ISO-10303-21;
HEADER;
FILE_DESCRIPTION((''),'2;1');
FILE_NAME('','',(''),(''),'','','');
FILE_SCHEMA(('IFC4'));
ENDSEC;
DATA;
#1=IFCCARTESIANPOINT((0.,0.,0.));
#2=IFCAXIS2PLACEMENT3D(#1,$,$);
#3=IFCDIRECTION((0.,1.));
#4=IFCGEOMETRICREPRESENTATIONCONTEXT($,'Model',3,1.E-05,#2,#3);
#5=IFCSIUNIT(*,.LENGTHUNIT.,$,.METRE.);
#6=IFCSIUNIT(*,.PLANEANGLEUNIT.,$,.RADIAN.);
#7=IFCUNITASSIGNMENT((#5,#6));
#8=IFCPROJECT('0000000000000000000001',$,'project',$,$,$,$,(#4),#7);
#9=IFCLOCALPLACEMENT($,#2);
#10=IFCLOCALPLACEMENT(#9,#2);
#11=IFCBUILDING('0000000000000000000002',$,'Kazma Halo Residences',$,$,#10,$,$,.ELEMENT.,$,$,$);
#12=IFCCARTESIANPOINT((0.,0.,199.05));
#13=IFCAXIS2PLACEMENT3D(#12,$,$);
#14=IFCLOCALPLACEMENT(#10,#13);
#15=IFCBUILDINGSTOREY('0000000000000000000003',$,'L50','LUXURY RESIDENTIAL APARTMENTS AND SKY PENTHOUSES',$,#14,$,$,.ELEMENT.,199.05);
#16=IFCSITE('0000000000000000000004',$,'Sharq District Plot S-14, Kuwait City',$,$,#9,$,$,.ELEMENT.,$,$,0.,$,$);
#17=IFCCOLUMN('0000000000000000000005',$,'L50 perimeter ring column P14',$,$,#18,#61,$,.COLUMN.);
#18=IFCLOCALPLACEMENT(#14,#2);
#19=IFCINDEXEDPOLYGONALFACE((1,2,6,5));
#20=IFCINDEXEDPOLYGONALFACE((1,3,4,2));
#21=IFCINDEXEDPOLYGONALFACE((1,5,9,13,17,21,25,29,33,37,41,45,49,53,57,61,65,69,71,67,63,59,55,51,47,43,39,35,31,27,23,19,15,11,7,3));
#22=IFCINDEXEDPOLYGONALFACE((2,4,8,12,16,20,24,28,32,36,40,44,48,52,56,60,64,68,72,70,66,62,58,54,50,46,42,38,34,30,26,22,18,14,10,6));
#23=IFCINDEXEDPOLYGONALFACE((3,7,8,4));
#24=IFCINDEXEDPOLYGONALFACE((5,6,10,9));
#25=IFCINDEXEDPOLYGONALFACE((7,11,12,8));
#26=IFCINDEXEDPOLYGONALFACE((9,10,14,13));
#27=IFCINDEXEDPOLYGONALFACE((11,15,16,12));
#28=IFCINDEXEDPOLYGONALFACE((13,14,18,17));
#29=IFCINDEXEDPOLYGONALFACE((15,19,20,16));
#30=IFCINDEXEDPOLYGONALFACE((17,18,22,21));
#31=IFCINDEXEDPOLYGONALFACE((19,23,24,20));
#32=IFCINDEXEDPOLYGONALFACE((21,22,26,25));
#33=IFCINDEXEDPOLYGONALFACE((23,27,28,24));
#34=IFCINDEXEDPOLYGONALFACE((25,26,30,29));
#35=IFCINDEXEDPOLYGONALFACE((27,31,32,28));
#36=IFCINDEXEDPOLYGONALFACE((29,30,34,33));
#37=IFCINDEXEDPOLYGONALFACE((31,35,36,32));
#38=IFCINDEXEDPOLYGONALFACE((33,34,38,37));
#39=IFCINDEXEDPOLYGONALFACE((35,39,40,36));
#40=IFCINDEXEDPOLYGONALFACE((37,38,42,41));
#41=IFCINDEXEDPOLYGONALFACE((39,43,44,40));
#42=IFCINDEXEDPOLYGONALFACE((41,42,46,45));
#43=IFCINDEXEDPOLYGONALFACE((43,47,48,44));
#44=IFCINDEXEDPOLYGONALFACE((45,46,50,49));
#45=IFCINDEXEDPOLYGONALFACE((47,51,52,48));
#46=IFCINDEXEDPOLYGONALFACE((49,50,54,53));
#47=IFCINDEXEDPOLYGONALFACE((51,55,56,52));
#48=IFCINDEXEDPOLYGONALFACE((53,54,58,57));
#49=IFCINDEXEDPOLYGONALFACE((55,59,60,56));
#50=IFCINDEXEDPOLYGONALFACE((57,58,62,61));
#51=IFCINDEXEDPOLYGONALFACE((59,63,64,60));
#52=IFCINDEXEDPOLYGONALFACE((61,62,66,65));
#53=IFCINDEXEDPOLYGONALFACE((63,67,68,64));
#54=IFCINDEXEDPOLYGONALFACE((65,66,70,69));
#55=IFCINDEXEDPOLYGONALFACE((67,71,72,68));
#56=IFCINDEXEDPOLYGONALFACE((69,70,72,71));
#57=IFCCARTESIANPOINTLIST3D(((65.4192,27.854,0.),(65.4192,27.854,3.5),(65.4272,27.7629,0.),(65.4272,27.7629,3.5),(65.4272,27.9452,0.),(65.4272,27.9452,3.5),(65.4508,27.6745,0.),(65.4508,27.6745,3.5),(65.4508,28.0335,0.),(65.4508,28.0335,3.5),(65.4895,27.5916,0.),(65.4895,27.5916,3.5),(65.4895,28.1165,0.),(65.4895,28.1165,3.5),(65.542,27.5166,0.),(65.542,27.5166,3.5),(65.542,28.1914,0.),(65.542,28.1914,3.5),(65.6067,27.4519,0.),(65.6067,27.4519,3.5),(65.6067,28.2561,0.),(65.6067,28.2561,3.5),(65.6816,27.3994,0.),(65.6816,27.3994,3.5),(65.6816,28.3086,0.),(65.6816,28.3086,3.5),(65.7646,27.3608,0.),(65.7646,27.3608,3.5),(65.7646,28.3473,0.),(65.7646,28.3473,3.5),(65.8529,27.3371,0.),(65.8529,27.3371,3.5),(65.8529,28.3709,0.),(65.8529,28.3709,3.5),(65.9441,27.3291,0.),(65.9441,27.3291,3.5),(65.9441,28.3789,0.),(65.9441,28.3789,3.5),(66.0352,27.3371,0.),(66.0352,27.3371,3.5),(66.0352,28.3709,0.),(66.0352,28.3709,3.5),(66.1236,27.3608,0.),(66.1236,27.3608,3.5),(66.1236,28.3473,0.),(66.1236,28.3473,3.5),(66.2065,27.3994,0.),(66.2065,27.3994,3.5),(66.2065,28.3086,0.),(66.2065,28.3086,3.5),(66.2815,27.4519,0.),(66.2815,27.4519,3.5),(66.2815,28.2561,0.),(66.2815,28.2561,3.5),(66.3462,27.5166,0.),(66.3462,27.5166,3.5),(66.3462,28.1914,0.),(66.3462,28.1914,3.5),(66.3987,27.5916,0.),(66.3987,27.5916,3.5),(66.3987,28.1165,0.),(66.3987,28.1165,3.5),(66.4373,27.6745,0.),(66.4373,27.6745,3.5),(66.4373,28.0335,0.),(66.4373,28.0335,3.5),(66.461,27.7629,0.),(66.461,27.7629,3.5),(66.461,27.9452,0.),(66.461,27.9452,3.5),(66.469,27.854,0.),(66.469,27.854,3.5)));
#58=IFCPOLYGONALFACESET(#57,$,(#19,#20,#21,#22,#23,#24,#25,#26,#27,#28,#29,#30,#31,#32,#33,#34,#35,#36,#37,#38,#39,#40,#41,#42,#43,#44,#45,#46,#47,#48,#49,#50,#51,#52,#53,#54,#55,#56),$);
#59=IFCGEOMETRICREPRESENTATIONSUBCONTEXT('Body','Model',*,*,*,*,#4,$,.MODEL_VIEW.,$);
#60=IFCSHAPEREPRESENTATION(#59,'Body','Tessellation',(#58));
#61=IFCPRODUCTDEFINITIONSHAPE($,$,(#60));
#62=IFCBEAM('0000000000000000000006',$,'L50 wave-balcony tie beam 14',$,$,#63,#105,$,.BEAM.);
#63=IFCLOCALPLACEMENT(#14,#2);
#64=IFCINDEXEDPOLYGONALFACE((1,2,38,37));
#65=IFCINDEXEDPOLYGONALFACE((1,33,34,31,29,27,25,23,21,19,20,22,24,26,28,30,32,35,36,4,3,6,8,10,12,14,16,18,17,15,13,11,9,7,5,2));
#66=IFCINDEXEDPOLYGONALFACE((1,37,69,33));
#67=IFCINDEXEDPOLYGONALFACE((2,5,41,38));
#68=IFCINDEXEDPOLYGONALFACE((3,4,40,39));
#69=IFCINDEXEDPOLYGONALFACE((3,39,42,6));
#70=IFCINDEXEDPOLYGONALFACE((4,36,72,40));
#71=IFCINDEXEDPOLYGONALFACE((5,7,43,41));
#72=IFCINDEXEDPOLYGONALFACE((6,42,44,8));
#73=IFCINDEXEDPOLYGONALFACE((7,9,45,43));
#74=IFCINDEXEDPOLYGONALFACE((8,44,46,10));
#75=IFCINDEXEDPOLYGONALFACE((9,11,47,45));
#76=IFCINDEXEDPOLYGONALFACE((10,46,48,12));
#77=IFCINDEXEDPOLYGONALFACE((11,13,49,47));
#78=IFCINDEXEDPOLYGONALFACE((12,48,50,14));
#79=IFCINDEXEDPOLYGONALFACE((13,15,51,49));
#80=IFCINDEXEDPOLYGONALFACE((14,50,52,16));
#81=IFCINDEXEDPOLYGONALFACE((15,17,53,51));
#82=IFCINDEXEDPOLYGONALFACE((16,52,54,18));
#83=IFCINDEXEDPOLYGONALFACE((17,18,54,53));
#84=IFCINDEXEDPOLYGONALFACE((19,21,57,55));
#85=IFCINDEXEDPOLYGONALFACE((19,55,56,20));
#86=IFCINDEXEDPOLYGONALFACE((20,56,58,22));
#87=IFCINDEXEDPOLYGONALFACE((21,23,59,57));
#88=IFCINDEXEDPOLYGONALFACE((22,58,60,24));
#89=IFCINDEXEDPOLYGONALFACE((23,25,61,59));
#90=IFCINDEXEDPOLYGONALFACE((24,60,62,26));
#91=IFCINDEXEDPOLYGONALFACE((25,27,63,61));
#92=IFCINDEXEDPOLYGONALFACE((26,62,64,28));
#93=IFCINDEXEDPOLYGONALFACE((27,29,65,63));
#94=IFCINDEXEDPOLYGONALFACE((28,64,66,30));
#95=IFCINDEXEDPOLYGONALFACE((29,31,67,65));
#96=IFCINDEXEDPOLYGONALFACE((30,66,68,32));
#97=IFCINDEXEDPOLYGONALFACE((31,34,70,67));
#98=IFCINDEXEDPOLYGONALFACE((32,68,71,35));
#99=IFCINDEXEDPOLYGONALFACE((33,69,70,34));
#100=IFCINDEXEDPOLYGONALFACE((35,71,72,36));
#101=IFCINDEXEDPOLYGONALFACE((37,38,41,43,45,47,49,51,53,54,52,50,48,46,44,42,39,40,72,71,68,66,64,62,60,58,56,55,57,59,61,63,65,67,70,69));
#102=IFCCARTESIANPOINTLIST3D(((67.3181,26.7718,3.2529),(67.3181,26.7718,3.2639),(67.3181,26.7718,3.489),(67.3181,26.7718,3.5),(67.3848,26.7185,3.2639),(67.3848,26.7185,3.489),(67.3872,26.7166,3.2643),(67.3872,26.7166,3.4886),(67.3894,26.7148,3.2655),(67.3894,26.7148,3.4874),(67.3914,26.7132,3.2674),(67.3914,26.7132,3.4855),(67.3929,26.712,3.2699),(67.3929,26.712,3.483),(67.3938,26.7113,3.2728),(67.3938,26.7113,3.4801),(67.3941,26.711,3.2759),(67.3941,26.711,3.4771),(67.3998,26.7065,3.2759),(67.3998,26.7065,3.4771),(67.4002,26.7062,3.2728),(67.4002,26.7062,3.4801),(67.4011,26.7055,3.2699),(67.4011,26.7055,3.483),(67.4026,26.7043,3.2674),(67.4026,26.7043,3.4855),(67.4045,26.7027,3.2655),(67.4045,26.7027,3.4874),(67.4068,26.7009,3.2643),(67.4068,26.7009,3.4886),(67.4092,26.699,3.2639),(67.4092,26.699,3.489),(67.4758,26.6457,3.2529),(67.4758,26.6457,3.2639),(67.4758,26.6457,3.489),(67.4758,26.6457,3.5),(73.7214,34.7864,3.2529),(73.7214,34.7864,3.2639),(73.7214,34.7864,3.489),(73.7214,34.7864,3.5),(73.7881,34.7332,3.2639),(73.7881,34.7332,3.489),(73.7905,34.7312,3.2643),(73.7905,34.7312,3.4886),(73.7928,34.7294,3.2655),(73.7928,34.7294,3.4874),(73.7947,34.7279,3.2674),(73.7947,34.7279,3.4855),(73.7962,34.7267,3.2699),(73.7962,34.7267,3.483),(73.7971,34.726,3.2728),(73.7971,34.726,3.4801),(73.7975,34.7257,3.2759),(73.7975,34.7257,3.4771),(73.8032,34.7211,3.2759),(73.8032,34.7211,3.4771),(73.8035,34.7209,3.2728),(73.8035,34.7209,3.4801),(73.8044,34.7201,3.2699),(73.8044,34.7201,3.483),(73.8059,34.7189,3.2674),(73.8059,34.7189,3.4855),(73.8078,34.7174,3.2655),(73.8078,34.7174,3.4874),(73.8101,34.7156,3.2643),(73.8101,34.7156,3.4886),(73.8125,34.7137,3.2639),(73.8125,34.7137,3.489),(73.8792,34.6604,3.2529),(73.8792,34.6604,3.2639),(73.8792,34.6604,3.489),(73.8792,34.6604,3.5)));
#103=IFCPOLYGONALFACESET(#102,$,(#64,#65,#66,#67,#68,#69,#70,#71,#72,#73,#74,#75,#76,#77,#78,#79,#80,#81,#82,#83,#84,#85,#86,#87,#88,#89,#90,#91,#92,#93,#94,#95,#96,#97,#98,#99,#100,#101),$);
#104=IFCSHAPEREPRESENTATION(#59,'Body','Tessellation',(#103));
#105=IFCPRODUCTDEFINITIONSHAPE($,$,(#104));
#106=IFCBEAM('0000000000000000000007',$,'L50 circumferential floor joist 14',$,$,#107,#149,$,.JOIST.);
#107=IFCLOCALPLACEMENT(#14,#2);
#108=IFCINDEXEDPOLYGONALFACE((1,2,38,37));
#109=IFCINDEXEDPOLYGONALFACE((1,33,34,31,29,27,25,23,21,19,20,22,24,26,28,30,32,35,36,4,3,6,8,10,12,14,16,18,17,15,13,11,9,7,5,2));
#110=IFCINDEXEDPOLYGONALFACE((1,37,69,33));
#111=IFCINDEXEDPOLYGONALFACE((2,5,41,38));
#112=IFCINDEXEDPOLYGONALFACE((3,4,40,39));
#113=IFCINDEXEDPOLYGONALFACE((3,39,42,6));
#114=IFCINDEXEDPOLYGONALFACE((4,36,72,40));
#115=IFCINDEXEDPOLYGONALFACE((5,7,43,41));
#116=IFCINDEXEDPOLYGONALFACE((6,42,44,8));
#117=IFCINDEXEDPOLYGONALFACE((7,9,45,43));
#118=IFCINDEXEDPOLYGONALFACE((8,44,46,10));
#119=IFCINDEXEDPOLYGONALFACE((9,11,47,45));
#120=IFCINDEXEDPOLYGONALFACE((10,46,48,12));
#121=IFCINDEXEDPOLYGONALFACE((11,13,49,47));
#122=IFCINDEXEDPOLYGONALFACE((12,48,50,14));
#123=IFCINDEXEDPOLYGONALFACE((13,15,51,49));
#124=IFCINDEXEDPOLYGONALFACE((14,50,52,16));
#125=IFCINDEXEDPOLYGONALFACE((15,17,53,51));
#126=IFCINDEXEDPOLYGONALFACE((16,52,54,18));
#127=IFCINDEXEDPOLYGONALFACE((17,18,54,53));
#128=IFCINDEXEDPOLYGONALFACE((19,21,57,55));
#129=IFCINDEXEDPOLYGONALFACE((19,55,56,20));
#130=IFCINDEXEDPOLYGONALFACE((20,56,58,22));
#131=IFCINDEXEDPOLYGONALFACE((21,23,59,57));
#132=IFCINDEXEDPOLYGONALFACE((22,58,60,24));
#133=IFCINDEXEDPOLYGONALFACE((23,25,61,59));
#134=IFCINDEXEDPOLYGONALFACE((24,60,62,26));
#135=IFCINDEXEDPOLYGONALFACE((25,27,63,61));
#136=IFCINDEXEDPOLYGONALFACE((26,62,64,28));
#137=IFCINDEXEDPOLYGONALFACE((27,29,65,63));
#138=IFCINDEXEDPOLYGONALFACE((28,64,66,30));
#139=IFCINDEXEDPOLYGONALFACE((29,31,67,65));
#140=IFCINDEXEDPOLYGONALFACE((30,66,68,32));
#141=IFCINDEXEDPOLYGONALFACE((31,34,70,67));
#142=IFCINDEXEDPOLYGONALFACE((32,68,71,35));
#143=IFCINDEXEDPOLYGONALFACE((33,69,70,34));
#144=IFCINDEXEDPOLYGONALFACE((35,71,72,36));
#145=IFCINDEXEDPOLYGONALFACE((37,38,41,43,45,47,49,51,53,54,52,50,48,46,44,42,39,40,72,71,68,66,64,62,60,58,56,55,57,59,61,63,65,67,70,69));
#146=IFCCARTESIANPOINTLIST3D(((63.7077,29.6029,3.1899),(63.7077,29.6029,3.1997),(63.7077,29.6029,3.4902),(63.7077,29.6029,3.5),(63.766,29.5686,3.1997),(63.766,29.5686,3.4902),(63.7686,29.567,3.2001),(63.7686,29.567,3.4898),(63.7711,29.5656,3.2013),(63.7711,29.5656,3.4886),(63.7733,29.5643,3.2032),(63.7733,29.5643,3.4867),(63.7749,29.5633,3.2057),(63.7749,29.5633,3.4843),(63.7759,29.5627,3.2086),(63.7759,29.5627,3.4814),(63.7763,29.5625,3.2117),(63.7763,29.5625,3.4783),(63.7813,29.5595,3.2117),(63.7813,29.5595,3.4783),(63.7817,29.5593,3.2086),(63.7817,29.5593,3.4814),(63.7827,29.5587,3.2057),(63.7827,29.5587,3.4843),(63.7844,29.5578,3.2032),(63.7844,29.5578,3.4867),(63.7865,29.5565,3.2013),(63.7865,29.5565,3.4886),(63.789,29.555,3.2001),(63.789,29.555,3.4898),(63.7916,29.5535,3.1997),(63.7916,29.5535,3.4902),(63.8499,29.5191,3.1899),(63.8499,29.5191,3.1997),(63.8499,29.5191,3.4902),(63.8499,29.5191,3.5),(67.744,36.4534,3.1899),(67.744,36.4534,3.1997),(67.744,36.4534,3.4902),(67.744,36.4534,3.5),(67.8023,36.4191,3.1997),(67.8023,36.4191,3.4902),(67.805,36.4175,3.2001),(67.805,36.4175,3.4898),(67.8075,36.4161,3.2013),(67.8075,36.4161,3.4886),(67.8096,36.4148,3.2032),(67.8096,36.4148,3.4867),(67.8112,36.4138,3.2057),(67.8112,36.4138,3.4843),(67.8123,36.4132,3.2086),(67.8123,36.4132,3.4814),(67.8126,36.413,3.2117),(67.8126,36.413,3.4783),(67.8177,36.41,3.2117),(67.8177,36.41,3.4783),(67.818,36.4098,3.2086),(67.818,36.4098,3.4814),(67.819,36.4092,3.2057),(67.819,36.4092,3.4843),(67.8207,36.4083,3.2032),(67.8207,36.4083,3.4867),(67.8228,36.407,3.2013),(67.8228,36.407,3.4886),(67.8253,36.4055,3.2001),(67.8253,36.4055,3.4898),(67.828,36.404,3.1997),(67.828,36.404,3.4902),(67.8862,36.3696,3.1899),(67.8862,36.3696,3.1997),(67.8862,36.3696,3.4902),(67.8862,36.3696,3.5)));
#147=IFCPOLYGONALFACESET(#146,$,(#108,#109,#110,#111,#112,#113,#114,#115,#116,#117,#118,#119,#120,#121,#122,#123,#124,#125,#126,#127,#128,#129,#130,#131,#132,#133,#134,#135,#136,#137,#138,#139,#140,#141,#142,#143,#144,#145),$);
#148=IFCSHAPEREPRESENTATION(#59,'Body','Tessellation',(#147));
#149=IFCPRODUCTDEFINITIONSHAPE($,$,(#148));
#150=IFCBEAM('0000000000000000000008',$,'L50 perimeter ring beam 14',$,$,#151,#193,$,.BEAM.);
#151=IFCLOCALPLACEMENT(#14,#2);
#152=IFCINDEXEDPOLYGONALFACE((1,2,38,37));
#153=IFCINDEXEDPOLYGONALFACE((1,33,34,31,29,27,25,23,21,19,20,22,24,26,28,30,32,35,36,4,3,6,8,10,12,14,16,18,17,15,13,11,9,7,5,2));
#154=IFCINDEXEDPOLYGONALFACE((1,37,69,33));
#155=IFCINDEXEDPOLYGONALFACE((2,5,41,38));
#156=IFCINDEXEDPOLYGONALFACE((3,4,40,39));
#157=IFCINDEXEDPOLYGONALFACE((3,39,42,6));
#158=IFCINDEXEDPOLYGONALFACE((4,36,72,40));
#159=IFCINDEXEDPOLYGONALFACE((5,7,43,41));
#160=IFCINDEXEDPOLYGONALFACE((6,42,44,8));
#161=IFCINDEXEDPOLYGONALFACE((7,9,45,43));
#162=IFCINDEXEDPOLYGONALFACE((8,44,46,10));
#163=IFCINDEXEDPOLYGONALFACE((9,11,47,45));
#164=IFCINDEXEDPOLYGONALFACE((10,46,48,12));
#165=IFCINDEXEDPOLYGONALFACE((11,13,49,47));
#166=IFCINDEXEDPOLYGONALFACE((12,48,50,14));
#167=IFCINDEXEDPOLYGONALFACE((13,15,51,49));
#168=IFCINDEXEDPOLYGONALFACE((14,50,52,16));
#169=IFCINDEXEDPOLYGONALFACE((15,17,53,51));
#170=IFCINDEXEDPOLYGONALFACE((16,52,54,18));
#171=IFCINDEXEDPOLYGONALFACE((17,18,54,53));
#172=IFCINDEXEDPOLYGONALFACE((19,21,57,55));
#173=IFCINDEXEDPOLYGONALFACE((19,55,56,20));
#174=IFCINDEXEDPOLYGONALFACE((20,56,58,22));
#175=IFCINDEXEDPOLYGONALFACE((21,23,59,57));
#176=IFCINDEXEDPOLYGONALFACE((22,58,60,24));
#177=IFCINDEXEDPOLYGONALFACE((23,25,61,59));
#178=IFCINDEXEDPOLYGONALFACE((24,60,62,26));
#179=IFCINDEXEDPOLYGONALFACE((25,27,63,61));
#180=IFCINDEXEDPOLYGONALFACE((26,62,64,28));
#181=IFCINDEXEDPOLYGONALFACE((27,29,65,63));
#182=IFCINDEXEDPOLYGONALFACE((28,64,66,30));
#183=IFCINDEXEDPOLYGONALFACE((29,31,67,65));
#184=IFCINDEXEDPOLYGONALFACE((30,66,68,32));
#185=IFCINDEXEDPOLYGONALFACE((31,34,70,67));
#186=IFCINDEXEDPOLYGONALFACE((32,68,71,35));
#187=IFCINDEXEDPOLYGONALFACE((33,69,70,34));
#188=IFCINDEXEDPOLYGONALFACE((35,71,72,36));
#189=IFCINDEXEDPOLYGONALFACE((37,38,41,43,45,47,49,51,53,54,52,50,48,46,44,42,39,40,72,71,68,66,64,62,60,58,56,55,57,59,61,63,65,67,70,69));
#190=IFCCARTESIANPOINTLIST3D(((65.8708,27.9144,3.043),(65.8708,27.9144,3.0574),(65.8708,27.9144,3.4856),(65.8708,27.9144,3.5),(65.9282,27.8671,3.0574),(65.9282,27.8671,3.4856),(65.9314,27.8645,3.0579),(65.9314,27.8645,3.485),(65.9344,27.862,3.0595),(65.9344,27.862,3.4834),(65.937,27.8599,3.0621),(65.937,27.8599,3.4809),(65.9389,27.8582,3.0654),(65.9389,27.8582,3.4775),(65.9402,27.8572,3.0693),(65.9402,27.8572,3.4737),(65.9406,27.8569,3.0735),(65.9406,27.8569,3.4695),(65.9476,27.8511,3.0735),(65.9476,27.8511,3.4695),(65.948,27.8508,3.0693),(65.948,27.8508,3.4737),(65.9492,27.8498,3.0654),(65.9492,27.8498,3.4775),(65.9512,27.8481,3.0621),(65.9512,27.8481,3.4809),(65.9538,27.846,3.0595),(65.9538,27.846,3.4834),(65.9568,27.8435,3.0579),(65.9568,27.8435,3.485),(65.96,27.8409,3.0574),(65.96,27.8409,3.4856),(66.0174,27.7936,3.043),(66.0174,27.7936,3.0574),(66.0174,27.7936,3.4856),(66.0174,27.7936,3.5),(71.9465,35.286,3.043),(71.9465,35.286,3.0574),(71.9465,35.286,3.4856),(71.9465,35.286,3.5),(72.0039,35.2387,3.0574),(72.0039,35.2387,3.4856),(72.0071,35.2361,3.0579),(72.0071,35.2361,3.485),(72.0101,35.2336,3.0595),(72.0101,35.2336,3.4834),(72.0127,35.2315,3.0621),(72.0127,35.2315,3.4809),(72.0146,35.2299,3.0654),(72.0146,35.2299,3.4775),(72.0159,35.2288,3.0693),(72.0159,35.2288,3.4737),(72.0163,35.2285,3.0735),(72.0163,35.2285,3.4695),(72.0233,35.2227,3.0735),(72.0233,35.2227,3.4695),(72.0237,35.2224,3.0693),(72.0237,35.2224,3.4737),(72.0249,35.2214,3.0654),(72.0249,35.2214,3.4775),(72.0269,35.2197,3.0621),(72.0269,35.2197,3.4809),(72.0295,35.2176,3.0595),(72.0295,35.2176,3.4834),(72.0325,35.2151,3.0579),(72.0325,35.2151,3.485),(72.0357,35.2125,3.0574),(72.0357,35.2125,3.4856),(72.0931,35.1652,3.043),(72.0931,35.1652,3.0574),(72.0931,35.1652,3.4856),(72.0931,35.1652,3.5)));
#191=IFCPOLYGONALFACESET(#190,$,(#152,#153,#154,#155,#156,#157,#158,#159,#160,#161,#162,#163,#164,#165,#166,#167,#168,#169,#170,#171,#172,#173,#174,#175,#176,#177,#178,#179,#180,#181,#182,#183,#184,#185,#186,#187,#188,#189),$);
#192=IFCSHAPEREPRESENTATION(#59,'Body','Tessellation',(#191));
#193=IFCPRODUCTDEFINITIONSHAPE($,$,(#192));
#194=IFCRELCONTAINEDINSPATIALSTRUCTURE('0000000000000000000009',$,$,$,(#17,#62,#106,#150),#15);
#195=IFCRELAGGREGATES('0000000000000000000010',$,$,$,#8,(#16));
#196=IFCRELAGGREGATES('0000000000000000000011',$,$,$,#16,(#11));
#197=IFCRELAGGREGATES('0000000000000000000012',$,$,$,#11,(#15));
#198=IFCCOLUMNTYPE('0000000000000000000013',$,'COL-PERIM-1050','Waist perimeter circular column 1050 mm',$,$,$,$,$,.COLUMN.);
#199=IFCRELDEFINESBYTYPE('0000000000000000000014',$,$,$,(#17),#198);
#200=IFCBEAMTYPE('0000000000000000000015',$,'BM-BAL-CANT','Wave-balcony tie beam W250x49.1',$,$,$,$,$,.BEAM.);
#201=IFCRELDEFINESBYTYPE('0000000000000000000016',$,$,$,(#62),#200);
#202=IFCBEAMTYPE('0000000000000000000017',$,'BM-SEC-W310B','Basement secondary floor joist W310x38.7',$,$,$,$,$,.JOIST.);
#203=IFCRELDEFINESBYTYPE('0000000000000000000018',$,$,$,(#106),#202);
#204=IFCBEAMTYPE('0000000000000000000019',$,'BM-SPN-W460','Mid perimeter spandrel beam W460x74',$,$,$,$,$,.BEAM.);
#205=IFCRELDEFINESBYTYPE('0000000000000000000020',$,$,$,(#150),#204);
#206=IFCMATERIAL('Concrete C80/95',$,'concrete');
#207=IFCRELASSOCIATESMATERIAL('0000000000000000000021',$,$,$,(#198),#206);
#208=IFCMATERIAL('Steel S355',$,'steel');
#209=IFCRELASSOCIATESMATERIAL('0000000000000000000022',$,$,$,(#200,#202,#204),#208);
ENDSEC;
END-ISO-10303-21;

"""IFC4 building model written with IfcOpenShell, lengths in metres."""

from ifc_helpers import new_model, si_unit, direction, frame, origin, origin_2d, place, context, subcontext, project, spatial, circle, i_section, extrude, material, material_profile, profile_set, type_object, element, save


model = new_model("IFC4")

# Units and contexts
model_context = context("Model", 3, precision=1e-05, world=origin(), true_north=direction((0.0, 1.0)))
body_context = subcontext(model_context, "Body", "Model", "MODEL_VIEW")
ifc_project = project(units=[si_unit("LENGTHUNIT", "METRE"), si_unit("PLANEANGLEUNIT", "RADIAN")], contexts=[model_context])

# Site, building, storey
site_placement = place(None, origin())
site = spatial("IfcSite", under=ifc_project, at=site_placement, Name="Sharq District Plot S-14, Kuwait City", CompositionType="ELEMENT", RefElevation=0.0)
building_placement = place(site_placement, origin())
building = spatial("IfcBuilding", under=site, at=building_placement, Name="Kazma Halo Residences", CompositionType="ELEMENT")
storey_placement = place(building_placement, frame((0.0, 0.0, 199.05)))
storey = spatial("IfcBuildingStorey", under=building, at=storey_placement, Name="L50", Description="LUXURY RESIDENTIAL APARTMENTS AND SKY PENTHOUSES", CompositionType="ELEMENT", Elevation=199.05)

# Column
ifc_material_1 = material(Name="Concrete C80/95", Category="concrete")
ifc_material_profile_1 = material_profile(ifc_material_1, circle(Radius=0.5249, at=origin_2d()), Name="CIRC1050")
ifc_profile_set_1 = profile_set([ifc_material_profile_1], Name="Concrete C80/95")
column_type = type_object("IfcColumnType", Name="COL-PERIM-1050", Description="Waist perimeter circular column 1050 mm", PredefinedType="COLUMN", material=ifc_profile_set_1)
column_placement = place(storey_placement, frame((65.9441, 27.854, 0.0), z_axis=(0.0, 0.0, 1.0), x_axis=(1.0, 0.0, 0.0)))
element("IfcColumn", 1, at=column_placement, inside=storey, type_object=column_type, Name="L50 perimeter ring column P14", PredefinedType="COLUMN", context=body_context, shape_type="SweptSolid", body=[
    extrude(circle(Radius=0.5249, at=origin_2d()), origin(), (0.0, 0.0, 1.0), 3.5),
])

# Beams
ifc_material_2 = material(Name="Steel S355", Category="steel")
ifc_material_profile_2 = material_profile(ifc_material_2, i_section(OverallWidth=0.2019, OverallDepth=0.2471, WebThickness=0.0073, FlangeThickness=0.011, FilletRadius=0.012, at=origin_2d()), Name="W250x49.1")
ifc_profile_set_2 = profile_set([ifc_material_profile_2], Name="Steel S355")
beam_type_1 = type_object("IfcBeamType", Name="BM-BAL-CANT", Description="Wave-balcony tie beam W250x49.1", PredefinedType="BEAM", material=ifc_profile_set_2)
beam_1_placement = place(storey_placement, frame((67.397, 26.7087, 3.3765), z_axis=(0.624196, 0.781268, 0.0), x_axis=(-0.781268, 0.624196, 0.0)))
element("IfcBeam", 2, at=beam_1_placement, inside=storey, type_object=beam_type_1, Name="L50 wave-balcony tie beam 14", PredefinedType="BEAM", context=body_context, shape_type="SweptSolid", body=[
    extrude(i_section(OverallWidth=0.2019, OverallDepth=0.2471, WebThickness=0.0073, FlangeThickness=0.011, FilletRadius=0.012, at=origin_2d()), origin(), (0.0, 0.0, 1.0), 10.2585),
])
ifc_material_profile_3 = material_profile(ifc_material_2, i_section(OverallWidth=0.165, OverallDepth=0.3101, WebThickness=0.0059, FlangeThickness=0.0098, FilletRadius=0.012, at=origin_2d()), Name="W310x38.7")
ifc_profile_set_3 = profile_set([ifc_material_profile_3], Name="Steel S355")
beam_type_2 = type_object("IfcBeamType", Name="BM-SEC-W310B", Description="Basement secondary floor joist W310x38.7", PredefinedType="JOIST", material=ifc_profile_set_3)
beam_2_placement = place(storey_placement, frame((63.7788, 29.561, 3.345), z_axis=(0.507639, 0.86157, 0.0), x_axis=(-0.86157, 0.507639, 0.0)))
element("IfcBeam", 3, at=beam_2_placement, inside=storey, type_object=beam_type_2, Name="L50 circumferential floor joist 14", PredefinedType="JOIST", context=body_context, shape_type="SweptSolid", body=[
    extrude(i_section(OverallWidth=0.165, OverallDepth=0.3101, WebThickness=0.0059, FlangeThickness=0.0098, FilletRadius=0.012, at=origin_2d()), origin(), (0.0, 0.0, 1.0), 7.9512),
])
ifc_material_profile_4 = material_profile(ifc_material_2, i_section(OverallWidth=0.1899, OverallDepth=0.457, WebThickness=0.009, FlangeThickness=0.0144, FilletRadius=0.0161, at=origin_2d()), Name="W460x74")
ifc_profile_set_4 = profile_set([ifc_material_profile_4], Name="Steel S355")
beam_type_3 = type_object("IfcBeamType", Name="BM-SPN-W460", Description="Mid perimeter spandrel beam W460x74", PredefinedType="BEAM", material=ifc_profile_set_4)
beam_3_placement = place(storey_placement, frame((65.9441, 27.854, 3.2715), z_axis=(0.636017, 0.771675, 0.0), x_axis=(-0.771675, 0.636017, 0.0)))
element("IfcBeam", 4, at=beam_3_placement, inside=storey, type_object=beam_type_3, Name="L50 perimeter ring beam 14", PredefinedType="BEAM", context=body_context, shape_type="SweptSolid", body=[
    extrude(i_section(OverallWidth=0.1899, OverallDepth=0.457, WebThickness=0.009, FlangeThickness=0.0144, FilletRadius=0.0161, at=origin_2d()), origin(), (0.0, 0.0, 1.0), 9.5527),
])

save(model, "model.ifc")
